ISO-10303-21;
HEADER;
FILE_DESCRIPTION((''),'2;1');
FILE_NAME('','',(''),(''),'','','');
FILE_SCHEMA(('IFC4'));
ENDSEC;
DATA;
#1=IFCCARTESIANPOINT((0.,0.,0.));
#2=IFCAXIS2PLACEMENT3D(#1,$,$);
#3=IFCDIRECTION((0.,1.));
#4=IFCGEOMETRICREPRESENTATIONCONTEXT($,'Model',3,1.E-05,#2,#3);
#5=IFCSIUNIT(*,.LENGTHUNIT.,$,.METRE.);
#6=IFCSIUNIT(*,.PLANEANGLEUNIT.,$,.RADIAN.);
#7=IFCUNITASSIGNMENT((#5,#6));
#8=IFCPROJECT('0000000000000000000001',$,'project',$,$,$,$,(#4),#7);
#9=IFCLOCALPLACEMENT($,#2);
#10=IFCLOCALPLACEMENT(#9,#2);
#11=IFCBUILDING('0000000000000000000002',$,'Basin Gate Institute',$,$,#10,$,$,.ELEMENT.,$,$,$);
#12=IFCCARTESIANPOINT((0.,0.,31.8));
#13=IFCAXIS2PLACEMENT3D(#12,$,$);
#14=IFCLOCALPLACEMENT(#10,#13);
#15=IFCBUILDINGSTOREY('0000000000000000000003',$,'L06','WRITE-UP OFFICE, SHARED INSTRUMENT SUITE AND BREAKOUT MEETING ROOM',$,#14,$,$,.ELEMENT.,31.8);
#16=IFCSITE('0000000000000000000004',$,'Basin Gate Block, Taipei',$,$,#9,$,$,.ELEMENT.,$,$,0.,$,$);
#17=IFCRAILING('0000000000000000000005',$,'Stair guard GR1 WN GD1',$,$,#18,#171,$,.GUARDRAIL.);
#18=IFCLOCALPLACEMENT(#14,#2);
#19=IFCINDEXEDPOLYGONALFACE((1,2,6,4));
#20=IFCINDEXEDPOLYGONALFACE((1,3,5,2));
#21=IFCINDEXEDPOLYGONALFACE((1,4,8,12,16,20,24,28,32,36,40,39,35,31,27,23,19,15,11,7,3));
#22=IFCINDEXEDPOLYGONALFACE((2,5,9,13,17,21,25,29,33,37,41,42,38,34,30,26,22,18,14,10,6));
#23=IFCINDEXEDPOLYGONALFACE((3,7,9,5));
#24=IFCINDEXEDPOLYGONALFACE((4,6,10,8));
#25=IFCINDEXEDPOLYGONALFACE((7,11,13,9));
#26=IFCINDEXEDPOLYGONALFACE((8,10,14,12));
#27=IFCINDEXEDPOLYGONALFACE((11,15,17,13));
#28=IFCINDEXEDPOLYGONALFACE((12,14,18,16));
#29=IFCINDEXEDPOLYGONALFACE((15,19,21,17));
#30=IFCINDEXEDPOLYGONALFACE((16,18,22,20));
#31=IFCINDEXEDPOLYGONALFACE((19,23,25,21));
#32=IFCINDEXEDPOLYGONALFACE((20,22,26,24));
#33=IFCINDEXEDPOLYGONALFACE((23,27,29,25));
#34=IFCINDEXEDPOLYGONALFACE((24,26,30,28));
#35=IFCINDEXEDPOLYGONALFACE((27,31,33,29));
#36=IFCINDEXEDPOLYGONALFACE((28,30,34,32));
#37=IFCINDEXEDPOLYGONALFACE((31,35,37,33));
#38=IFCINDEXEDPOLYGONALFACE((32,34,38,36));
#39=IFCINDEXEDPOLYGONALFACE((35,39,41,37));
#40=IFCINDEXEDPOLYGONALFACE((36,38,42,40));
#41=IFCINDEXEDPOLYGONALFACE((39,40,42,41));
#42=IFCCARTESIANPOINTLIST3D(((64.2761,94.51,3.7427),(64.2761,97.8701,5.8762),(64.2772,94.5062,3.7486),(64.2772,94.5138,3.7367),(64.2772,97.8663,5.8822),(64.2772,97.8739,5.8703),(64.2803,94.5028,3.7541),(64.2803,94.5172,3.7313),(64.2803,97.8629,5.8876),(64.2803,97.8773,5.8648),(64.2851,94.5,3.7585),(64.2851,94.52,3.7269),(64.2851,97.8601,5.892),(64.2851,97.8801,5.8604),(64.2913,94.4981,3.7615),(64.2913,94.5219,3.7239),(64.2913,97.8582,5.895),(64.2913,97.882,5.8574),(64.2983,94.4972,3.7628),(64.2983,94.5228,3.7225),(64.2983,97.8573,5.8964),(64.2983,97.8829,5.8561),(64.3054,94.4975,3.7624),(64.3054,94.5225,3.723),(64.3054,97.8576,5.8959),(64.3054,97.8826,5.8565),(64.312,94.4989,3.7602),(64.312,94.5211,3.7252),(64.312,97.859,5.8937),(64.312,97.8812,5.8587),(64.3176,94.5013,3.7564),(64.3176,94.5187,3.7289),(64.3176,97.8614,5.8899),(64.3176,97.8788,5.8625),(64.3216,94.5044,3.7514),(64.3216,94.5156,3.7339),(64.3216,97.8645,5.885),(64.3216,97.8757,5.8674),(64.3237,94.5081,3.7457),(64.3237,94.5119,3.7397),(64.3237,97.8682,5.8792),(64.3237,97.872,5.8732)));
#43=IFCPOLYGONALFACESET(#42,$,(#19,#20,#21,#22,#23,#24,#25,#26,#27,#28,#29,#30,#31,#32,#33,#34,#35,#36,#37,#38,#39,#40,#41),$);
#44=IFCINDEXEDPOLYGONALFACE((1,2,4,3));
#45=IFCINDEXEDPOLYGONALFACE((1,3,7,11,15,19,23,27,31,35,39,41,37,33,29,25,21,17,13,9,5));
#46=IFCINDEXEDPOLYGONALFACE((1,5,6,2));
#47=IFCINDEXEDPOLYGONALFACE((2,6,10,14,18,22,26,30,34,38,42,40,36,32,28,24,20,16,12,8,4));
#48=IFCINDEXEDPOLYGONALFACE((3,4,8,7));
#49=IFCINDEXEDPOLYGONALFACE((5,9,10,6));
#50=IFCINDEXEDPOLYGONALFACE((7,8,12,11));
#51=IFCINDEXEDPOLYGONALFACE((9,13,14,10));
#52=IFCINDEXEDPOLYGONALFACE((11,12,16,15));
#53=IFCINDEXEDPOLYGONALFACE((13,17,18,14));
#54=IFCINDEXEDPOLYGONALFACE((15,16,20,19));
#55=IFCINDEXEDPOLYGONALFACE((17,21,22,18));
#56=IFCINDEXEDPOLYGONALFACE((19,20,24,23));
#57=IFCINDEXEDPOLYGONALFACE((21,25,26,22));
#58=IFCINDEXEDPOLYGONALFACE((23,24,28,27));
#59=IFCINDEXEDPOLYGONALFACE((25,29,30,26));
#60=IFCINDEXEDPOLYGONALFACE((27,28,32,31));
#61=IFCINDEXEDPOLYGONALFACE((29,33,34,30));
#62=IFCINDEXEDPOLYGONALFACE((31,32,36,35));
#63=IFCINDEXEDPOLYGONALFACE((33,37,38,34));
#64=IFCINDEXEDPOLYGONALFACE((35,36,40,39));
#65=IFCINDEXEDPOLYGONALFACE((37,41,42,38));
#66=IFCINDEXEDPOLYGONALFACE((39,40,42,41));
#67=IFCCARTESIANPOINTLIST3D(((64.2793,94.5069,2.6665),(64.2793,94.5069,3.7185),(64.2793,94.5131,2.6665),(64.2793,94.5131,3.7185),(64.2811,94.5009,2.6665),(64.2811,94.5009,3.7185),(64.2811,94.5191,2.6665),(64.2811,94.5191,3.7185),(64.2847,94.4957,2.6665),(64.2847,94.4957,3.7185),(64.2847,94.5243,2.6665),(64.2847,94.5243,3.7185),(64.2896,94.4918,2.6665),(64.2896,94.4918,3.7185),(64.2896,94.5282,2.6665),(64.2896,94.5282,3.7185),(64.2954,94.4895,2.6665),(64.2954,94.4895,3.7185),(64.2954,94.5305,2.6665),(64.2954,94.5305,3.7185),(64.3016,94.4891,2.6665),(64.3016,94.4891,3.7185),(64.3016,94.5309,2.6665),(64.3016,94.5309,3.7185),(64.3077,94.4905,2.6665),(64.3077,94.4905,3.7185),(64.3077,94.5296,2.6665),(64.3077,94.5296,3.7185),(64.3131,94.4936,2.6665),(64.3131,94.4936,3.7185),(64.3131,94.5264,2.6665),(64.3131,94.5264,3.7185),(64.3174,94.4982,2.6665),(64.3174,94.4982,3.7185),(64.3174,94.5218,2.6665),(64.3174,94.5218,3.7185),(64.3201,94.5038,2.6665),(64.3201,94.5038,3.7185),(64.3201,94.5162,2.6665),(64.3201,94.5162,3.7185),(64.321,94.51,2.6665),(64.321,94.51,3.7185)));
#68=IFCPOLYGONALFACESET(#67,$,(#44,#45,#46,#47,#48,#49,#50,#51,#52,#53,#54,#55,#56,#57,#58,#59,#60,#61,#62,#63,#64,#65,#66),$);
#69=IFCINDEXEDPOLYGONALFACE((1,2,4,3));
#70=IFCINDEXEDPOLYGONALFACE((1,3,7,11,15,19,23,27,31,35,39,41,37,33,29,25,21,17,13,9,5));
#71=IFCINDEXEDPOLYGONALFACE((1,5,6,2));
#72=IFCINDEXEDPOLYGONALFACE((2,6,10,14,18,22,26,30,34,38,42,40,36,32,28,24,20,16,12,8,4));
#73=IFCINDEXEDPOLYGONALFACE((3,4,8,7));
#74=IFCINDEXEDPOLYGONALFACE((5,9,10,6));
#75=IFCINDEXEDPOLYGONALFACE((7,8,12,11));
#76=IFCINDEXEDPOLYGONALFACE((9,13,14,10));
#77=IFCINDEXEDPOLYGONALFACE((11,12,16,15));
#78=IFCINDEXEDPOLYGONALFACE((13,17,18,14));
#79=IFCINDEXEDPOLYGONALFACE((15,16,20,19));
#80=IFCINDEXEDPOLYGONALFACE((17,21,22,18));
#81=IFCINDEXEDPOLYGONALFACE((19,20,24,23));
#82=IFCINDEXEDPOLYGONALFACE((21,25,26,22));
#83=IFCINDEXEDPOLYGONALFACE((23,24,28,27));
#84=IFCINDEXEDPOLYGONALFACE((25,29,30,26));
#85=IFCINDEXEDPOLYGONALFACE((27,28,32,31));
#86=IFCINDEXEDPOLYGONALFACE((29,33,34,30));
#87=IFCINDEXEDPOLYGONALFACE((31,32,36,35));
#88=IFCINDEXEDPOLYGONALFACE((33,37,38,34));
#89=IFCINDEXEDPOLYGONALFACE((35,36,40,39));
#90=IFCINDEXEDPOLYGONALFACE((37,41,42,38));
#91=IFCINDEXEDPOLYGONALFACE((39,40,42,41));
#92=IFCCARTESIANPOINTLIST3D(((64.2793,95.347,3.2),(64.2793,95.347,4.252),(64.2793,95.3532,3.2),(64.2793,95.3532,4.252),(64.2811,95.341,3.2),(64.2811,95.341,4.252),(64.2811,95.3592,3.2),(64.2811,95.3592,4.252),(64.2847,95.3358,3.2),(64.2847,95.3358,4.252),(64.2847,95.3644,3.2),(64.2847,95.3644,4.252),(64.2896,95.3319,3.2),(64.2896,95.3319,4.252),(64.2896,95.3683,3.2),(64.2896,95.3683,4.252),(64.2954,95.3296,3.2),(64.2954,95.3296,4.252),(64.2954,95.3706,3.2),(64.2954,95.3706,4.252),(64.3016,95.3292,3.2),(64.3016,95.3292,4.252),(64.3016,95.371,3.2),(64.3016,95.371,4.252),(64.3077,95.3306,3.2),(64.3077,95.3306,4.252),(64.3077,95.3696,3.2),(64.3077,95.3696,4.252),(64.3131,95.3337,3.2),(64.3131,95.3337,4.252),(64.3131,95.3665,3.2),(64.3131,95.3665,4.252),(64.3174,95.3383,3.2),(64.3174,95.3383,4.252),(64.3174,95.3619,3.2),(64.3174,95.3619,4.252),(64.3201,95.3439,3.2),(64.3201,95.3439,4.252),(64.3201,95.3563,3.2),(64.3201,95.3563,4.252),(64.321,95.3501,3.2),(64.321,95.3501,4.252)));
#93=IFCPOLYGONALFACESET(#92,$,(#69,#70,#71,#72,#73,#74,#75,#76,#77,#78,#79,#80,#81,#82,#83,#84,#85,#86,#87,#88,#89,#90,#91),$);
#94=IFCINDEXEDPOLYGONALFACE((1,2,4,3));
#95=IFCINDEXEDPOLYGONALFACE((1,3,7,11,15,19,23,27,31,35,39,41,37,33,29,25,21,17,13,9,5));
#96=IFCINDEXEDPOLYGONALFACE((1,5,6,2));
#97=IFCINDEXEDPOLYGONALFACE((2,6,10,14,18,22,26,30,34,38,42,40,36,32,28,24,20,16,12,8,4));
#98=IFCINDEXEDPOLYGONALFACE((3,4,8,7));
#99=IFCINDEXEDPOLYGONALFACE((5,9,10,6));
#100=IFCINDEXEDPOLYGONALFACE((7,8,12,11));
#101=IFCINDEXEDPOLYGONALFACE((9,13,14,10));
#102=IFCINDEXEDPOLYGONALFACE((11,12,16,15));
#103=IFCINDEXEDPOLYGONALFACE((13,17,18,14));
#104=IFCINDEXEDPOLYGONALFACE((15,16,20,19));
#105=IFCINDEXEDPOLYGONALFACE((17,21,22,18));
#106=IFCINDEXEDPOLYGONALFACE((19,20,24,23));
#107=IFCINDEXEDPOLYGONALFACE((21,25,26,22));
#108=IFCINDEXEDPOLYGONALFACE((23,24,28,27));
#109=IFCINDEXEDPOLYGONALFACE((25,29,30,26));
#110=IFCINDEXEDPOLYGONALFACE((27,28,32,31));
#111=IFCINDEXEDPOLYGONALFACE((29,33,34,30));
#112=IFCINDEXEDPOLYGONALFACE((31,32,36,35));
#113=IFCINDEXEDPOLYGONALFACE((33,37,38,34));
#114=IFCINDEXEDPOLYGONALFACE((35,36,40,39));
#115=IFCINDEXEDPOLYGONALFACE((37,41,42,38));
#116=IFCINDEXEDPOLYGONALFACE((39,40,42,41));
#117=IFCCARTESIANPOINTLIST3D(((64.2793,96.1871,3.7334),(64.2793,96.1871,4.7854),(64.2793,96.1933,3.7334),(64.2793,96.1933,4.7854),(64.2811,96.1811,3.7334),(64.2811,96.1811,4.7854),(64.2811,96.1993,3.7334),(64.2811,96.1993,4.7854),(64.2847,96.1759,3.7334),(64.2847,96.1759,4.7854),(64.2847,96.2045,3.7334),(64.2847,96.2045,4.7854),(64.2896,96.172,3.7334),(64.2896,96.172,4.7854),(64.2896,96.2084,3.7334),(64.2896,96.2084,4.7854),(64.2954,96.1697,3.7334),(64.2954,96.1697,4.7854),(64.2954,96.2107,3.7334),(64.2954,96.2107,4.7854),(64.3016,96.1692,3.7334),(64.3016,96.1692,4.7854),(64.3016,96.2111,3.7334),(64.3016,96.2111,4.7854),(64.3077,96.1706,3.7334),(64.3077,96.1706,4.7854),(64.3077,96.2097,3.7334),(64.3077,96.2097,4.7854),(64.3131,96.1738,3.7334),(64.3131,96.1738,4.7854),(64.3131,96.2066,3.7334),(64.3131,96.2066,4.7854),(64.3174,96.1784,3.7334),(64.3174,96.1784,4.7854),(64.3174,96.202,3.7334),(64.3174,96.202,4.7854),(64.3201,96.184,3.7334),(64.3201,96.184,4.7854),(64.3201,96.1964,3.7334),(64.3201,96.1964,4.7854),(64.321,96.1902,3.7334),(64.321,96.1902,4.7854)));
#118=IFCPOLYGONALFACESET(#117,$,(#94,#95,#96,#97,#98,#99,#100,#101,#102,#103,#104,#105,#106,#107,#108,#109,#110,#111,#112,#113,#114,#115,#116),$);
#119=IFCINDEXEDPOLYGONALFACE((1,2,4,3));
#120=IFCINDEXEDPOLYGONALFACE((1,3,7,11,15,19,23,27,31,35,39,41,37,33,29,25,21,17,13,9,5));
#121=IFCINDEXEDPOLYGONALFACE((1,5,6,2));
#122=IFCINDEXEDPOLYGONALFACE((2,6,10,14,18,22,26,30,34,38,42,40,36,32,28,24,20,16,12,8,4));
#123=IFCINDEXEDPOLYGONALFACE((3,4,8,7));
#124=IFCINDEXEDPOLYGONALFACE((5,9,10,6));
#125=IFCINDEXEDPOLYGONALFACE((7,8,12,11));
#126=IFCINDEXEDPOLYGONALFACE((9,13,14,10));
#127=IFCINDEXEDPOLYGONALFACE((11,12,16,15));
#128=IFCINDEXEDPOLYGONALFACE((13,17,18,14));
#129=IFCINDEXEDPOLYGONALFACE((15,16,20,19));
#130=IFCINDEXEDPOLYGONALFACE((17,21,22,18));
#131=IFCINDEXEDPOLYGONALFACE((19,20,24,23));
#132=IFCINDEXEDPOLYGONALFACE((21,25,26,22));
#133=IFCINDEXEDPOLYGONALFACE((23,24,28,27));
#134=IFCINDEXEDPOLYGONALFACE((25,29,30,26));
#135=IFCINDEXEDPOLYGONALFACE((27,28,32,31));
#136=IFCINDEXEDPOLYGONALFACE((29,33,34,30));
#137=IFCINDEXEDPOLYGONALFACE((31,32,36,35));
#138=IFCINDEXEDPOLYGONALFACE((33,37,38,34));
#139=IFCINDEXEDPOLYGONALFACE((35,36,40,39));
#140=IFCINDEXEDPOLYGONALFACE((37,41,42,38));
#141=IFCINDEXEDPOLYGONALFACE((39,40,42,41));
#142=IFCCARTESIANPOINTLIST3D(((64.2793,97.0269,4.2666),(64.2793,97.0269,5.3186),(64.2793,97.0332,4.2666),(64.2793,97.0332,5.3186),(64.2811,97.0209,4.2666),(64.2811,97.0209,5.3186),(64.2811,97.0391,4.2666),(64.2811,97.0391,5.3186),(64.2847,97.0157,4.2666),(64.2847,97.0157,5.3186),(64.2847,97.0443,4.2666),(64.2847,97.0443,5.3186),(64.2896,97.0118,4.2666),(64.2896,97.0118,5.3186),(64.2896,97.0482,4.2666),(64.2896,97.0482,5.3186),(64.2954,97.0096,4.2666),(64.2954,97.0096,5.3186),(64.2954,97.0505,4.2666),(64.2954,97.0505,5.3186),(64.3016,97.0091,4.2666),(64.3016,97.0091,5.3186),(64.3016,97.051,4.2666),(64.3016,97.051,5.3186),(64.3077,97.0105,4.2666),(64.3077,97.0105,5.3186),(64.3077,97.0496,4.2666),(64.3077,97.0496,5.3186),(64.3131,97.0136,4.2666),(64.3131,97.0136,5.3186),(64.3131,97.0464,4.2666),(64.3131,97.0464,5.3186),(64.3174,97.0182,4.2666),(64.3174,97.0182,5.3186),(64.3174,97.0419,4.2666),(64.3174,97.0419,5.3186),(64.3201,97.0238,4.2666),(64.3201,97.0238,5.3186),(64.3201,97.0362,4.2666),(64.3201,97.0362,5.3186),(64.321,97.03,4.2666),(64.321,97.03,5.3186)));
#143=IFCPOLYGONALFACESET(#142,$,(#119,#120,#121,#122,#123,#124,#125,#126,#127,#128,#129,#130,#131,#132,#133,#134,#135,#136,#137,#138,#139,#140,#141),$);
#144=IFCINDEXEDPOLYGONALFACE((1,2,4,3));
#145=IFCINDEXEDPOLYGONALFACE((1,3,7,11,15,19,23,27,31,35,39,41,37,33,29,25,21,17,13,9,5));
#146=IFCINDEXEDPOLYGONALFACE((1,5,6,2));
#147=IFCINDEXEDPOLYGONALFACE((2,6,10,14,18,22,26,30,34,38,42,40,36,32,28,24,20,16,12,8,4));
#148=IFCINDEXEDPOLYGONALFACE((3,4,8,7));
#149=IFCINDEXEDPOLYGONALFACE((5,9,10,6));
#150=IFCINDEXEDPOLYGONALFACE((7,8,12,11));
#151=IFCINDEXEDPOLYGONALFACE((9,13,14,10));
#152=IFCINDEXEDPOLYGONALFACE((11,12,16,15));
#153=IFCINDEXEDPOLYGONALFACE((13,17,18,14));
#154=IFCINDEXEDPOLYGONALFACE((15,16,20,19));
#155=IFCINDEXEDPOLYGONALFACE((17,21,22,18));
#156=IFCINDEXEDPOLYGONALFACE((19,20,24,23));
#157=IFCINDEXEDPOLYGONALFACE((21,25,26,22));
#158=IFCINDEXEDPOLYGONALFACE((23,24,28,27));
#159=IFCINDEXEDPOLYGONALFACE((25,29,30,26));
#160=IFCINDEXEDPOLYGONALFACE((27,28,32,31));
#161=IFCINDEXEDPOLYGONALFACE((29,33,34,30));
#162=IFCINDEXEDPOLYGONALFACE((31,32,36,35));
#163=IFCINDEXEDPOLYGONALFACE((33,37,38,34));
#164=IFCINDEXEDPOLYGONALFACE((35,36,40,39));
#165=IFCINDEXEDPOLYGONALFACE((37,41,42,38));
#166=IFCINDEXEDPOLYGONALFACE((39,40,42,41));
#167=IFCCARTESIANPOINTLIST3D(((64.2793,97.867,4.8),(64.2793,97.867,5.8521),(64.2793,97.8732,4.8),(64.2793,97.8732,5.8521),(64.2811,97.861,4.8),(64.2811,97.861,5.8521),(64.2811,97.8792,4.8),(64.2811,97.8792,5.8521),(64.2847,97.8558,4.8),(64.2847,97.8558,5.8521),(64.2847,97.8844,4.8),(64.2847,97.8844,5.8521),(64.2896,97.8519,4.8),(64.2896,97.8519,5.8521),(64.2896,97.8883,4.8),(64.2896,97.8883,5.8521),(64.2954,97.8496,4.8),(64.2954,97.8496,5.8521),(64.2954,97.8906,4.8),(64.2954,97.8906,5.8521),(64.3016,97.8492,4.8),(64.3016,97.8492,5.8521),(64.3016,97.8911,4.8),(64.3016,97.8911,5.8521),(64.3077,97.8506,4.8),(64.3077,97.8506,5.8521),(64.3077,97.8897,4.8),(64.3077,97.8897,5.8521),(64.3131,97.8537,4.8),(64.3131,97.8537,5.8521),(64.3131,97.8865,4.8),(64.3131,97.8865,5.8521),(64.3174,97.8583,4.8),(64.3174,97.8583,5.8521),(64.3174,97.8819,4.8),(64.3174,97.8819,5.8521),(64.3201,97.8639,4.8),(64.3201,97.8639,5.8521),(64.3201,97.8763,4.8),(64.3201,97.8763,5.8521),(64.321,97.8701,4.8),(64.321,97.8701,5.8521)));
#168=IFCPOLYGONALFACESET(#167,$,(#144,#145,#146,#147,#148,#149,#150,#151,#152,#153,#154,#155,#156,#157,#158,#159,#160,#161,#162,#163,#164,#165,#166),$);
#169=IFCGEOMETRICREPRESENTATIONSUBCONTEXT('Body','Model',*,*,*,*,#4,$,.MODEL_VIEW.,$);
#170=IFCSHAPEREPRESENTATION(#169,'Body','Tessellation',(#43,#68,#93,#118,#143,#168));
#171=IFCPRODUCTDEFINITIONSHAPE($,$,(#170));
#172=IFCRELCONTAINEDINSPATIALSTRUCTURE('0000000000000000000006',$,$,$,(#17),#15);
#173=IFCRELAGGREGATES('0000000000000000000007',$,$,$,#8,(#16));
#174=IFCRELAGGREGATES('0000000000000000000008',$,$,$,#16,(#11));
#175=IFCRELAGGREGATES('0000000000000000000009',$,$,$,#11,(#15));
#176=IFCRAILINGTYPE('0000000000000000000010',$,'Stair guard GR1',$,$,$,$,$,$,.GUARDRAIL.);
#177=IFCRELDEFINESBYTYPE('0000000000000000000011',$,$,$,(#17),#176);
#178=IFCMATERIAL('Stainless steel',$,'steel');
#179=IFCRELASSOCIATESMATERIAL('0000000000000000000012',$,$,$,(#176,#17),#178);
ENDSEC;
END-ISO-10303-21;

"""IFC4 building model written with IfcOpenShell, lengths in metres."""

from ifc_helpers import new_model, si_unit, direction, frame, origin, origin_2d, place, context, subcontext, project, spatial, circle, extrude, material, type_object, element, save


model = new_model("IFC4")

# Units and contexts
model_context = context("Model", 3, precision=1e-05, world=origin(), true_north=direction((0.0, 1.0)))
body_context = subcontext(model_context, "Body", "Model", "MODEL_VIEW")
ifc_project = project(units=[si_unit("LENGTHUNIT", "METRE"), si_unit("PLANEANGLEUNIT", "RADIAN")], contexts=[model_context])

# Site, building, storey
site_placement = place(None, origin())
site = spatial("IfcSite", under=ifc_project, at=site_placement, Name="Basin Gate Block, Taipei", CompositionType="ELEMENT", RefElevation=0.0)
building_placement = place(site_placement, origin())
building = spatial("IfcBuilding", under=site, at=building_placement, Name="Basin Gate Institute", CompositionType="ELEMENT")
storey_placement = place(building_placement, frame((0.0, 0.0, 31.8)))
storey = spatial("IfcBuildingStorey", under=building, at=storey_placement, Name="L06", Description="WRITE-UP OFFICE, SHARED INSTRUMENT SUITE AND BREAKOUT MEETING ROOM", CompositionType="ELEMENT", Elevation=31.8)

# Railing
ifc_material_1 = material(Name="Stainless steel", Category="steel")
railing_type_1 = type_object("IfcRailingType", Name="Stair guard GR1", PredefinedType="GUARDRAIL", material=ifc_material_1)
railing_1_placement = place(storey_placement, frame((64.3, 94.51, 2.6665)))
element("IfcRailing", 1, at=railing_1_placement, inside=storey, type_object=railing_type_1, material=ifc_material_1, Name="Stair guard GR1 WN GD1", PredefinedType="GUARDRAIL", context=body_context, shape_type="SweptSolid", body=[
    extrude(circle(Radius=0.0239, at=origin_2d()), frame((0.0, 0.0, 1.0762), z_axis=(0.0, 0.844197, 0.536034), x_axis=(-1.0, 0.0, 0.0)), (0.0, 0.0, 1.0), 3.9802),
    extrude(circle(Radius=0.021, at=origin_2d()), origin(), (0.0, 0.0, 1.0), 1.052),
    extrude(circle(Radius=0.021, at=origin_2d()), frame((0.0, 0.8401, 0.5334)), (0.0, 0.0, 1.0), 1.052),
    extrude(circle(Radius=0.021, at=origin_2d()), frame((0.0, 1.6802, 1.0669)), (0.0, 0.0, 1.0), 1.052),
    extrude(circle(Radius=0.021, at=origin_2d()), frame((0.0, 2.52, 1.6001)), (0.0, 0.0, 1.0), 1.052),
    extrude(circle(Radius=0.021, at=origin_2d()), frame((0.0, 3.3601, 2.1335)), (0.0, 0.0, 1.0), 1.052),
])

save(model, "model.ifc")
